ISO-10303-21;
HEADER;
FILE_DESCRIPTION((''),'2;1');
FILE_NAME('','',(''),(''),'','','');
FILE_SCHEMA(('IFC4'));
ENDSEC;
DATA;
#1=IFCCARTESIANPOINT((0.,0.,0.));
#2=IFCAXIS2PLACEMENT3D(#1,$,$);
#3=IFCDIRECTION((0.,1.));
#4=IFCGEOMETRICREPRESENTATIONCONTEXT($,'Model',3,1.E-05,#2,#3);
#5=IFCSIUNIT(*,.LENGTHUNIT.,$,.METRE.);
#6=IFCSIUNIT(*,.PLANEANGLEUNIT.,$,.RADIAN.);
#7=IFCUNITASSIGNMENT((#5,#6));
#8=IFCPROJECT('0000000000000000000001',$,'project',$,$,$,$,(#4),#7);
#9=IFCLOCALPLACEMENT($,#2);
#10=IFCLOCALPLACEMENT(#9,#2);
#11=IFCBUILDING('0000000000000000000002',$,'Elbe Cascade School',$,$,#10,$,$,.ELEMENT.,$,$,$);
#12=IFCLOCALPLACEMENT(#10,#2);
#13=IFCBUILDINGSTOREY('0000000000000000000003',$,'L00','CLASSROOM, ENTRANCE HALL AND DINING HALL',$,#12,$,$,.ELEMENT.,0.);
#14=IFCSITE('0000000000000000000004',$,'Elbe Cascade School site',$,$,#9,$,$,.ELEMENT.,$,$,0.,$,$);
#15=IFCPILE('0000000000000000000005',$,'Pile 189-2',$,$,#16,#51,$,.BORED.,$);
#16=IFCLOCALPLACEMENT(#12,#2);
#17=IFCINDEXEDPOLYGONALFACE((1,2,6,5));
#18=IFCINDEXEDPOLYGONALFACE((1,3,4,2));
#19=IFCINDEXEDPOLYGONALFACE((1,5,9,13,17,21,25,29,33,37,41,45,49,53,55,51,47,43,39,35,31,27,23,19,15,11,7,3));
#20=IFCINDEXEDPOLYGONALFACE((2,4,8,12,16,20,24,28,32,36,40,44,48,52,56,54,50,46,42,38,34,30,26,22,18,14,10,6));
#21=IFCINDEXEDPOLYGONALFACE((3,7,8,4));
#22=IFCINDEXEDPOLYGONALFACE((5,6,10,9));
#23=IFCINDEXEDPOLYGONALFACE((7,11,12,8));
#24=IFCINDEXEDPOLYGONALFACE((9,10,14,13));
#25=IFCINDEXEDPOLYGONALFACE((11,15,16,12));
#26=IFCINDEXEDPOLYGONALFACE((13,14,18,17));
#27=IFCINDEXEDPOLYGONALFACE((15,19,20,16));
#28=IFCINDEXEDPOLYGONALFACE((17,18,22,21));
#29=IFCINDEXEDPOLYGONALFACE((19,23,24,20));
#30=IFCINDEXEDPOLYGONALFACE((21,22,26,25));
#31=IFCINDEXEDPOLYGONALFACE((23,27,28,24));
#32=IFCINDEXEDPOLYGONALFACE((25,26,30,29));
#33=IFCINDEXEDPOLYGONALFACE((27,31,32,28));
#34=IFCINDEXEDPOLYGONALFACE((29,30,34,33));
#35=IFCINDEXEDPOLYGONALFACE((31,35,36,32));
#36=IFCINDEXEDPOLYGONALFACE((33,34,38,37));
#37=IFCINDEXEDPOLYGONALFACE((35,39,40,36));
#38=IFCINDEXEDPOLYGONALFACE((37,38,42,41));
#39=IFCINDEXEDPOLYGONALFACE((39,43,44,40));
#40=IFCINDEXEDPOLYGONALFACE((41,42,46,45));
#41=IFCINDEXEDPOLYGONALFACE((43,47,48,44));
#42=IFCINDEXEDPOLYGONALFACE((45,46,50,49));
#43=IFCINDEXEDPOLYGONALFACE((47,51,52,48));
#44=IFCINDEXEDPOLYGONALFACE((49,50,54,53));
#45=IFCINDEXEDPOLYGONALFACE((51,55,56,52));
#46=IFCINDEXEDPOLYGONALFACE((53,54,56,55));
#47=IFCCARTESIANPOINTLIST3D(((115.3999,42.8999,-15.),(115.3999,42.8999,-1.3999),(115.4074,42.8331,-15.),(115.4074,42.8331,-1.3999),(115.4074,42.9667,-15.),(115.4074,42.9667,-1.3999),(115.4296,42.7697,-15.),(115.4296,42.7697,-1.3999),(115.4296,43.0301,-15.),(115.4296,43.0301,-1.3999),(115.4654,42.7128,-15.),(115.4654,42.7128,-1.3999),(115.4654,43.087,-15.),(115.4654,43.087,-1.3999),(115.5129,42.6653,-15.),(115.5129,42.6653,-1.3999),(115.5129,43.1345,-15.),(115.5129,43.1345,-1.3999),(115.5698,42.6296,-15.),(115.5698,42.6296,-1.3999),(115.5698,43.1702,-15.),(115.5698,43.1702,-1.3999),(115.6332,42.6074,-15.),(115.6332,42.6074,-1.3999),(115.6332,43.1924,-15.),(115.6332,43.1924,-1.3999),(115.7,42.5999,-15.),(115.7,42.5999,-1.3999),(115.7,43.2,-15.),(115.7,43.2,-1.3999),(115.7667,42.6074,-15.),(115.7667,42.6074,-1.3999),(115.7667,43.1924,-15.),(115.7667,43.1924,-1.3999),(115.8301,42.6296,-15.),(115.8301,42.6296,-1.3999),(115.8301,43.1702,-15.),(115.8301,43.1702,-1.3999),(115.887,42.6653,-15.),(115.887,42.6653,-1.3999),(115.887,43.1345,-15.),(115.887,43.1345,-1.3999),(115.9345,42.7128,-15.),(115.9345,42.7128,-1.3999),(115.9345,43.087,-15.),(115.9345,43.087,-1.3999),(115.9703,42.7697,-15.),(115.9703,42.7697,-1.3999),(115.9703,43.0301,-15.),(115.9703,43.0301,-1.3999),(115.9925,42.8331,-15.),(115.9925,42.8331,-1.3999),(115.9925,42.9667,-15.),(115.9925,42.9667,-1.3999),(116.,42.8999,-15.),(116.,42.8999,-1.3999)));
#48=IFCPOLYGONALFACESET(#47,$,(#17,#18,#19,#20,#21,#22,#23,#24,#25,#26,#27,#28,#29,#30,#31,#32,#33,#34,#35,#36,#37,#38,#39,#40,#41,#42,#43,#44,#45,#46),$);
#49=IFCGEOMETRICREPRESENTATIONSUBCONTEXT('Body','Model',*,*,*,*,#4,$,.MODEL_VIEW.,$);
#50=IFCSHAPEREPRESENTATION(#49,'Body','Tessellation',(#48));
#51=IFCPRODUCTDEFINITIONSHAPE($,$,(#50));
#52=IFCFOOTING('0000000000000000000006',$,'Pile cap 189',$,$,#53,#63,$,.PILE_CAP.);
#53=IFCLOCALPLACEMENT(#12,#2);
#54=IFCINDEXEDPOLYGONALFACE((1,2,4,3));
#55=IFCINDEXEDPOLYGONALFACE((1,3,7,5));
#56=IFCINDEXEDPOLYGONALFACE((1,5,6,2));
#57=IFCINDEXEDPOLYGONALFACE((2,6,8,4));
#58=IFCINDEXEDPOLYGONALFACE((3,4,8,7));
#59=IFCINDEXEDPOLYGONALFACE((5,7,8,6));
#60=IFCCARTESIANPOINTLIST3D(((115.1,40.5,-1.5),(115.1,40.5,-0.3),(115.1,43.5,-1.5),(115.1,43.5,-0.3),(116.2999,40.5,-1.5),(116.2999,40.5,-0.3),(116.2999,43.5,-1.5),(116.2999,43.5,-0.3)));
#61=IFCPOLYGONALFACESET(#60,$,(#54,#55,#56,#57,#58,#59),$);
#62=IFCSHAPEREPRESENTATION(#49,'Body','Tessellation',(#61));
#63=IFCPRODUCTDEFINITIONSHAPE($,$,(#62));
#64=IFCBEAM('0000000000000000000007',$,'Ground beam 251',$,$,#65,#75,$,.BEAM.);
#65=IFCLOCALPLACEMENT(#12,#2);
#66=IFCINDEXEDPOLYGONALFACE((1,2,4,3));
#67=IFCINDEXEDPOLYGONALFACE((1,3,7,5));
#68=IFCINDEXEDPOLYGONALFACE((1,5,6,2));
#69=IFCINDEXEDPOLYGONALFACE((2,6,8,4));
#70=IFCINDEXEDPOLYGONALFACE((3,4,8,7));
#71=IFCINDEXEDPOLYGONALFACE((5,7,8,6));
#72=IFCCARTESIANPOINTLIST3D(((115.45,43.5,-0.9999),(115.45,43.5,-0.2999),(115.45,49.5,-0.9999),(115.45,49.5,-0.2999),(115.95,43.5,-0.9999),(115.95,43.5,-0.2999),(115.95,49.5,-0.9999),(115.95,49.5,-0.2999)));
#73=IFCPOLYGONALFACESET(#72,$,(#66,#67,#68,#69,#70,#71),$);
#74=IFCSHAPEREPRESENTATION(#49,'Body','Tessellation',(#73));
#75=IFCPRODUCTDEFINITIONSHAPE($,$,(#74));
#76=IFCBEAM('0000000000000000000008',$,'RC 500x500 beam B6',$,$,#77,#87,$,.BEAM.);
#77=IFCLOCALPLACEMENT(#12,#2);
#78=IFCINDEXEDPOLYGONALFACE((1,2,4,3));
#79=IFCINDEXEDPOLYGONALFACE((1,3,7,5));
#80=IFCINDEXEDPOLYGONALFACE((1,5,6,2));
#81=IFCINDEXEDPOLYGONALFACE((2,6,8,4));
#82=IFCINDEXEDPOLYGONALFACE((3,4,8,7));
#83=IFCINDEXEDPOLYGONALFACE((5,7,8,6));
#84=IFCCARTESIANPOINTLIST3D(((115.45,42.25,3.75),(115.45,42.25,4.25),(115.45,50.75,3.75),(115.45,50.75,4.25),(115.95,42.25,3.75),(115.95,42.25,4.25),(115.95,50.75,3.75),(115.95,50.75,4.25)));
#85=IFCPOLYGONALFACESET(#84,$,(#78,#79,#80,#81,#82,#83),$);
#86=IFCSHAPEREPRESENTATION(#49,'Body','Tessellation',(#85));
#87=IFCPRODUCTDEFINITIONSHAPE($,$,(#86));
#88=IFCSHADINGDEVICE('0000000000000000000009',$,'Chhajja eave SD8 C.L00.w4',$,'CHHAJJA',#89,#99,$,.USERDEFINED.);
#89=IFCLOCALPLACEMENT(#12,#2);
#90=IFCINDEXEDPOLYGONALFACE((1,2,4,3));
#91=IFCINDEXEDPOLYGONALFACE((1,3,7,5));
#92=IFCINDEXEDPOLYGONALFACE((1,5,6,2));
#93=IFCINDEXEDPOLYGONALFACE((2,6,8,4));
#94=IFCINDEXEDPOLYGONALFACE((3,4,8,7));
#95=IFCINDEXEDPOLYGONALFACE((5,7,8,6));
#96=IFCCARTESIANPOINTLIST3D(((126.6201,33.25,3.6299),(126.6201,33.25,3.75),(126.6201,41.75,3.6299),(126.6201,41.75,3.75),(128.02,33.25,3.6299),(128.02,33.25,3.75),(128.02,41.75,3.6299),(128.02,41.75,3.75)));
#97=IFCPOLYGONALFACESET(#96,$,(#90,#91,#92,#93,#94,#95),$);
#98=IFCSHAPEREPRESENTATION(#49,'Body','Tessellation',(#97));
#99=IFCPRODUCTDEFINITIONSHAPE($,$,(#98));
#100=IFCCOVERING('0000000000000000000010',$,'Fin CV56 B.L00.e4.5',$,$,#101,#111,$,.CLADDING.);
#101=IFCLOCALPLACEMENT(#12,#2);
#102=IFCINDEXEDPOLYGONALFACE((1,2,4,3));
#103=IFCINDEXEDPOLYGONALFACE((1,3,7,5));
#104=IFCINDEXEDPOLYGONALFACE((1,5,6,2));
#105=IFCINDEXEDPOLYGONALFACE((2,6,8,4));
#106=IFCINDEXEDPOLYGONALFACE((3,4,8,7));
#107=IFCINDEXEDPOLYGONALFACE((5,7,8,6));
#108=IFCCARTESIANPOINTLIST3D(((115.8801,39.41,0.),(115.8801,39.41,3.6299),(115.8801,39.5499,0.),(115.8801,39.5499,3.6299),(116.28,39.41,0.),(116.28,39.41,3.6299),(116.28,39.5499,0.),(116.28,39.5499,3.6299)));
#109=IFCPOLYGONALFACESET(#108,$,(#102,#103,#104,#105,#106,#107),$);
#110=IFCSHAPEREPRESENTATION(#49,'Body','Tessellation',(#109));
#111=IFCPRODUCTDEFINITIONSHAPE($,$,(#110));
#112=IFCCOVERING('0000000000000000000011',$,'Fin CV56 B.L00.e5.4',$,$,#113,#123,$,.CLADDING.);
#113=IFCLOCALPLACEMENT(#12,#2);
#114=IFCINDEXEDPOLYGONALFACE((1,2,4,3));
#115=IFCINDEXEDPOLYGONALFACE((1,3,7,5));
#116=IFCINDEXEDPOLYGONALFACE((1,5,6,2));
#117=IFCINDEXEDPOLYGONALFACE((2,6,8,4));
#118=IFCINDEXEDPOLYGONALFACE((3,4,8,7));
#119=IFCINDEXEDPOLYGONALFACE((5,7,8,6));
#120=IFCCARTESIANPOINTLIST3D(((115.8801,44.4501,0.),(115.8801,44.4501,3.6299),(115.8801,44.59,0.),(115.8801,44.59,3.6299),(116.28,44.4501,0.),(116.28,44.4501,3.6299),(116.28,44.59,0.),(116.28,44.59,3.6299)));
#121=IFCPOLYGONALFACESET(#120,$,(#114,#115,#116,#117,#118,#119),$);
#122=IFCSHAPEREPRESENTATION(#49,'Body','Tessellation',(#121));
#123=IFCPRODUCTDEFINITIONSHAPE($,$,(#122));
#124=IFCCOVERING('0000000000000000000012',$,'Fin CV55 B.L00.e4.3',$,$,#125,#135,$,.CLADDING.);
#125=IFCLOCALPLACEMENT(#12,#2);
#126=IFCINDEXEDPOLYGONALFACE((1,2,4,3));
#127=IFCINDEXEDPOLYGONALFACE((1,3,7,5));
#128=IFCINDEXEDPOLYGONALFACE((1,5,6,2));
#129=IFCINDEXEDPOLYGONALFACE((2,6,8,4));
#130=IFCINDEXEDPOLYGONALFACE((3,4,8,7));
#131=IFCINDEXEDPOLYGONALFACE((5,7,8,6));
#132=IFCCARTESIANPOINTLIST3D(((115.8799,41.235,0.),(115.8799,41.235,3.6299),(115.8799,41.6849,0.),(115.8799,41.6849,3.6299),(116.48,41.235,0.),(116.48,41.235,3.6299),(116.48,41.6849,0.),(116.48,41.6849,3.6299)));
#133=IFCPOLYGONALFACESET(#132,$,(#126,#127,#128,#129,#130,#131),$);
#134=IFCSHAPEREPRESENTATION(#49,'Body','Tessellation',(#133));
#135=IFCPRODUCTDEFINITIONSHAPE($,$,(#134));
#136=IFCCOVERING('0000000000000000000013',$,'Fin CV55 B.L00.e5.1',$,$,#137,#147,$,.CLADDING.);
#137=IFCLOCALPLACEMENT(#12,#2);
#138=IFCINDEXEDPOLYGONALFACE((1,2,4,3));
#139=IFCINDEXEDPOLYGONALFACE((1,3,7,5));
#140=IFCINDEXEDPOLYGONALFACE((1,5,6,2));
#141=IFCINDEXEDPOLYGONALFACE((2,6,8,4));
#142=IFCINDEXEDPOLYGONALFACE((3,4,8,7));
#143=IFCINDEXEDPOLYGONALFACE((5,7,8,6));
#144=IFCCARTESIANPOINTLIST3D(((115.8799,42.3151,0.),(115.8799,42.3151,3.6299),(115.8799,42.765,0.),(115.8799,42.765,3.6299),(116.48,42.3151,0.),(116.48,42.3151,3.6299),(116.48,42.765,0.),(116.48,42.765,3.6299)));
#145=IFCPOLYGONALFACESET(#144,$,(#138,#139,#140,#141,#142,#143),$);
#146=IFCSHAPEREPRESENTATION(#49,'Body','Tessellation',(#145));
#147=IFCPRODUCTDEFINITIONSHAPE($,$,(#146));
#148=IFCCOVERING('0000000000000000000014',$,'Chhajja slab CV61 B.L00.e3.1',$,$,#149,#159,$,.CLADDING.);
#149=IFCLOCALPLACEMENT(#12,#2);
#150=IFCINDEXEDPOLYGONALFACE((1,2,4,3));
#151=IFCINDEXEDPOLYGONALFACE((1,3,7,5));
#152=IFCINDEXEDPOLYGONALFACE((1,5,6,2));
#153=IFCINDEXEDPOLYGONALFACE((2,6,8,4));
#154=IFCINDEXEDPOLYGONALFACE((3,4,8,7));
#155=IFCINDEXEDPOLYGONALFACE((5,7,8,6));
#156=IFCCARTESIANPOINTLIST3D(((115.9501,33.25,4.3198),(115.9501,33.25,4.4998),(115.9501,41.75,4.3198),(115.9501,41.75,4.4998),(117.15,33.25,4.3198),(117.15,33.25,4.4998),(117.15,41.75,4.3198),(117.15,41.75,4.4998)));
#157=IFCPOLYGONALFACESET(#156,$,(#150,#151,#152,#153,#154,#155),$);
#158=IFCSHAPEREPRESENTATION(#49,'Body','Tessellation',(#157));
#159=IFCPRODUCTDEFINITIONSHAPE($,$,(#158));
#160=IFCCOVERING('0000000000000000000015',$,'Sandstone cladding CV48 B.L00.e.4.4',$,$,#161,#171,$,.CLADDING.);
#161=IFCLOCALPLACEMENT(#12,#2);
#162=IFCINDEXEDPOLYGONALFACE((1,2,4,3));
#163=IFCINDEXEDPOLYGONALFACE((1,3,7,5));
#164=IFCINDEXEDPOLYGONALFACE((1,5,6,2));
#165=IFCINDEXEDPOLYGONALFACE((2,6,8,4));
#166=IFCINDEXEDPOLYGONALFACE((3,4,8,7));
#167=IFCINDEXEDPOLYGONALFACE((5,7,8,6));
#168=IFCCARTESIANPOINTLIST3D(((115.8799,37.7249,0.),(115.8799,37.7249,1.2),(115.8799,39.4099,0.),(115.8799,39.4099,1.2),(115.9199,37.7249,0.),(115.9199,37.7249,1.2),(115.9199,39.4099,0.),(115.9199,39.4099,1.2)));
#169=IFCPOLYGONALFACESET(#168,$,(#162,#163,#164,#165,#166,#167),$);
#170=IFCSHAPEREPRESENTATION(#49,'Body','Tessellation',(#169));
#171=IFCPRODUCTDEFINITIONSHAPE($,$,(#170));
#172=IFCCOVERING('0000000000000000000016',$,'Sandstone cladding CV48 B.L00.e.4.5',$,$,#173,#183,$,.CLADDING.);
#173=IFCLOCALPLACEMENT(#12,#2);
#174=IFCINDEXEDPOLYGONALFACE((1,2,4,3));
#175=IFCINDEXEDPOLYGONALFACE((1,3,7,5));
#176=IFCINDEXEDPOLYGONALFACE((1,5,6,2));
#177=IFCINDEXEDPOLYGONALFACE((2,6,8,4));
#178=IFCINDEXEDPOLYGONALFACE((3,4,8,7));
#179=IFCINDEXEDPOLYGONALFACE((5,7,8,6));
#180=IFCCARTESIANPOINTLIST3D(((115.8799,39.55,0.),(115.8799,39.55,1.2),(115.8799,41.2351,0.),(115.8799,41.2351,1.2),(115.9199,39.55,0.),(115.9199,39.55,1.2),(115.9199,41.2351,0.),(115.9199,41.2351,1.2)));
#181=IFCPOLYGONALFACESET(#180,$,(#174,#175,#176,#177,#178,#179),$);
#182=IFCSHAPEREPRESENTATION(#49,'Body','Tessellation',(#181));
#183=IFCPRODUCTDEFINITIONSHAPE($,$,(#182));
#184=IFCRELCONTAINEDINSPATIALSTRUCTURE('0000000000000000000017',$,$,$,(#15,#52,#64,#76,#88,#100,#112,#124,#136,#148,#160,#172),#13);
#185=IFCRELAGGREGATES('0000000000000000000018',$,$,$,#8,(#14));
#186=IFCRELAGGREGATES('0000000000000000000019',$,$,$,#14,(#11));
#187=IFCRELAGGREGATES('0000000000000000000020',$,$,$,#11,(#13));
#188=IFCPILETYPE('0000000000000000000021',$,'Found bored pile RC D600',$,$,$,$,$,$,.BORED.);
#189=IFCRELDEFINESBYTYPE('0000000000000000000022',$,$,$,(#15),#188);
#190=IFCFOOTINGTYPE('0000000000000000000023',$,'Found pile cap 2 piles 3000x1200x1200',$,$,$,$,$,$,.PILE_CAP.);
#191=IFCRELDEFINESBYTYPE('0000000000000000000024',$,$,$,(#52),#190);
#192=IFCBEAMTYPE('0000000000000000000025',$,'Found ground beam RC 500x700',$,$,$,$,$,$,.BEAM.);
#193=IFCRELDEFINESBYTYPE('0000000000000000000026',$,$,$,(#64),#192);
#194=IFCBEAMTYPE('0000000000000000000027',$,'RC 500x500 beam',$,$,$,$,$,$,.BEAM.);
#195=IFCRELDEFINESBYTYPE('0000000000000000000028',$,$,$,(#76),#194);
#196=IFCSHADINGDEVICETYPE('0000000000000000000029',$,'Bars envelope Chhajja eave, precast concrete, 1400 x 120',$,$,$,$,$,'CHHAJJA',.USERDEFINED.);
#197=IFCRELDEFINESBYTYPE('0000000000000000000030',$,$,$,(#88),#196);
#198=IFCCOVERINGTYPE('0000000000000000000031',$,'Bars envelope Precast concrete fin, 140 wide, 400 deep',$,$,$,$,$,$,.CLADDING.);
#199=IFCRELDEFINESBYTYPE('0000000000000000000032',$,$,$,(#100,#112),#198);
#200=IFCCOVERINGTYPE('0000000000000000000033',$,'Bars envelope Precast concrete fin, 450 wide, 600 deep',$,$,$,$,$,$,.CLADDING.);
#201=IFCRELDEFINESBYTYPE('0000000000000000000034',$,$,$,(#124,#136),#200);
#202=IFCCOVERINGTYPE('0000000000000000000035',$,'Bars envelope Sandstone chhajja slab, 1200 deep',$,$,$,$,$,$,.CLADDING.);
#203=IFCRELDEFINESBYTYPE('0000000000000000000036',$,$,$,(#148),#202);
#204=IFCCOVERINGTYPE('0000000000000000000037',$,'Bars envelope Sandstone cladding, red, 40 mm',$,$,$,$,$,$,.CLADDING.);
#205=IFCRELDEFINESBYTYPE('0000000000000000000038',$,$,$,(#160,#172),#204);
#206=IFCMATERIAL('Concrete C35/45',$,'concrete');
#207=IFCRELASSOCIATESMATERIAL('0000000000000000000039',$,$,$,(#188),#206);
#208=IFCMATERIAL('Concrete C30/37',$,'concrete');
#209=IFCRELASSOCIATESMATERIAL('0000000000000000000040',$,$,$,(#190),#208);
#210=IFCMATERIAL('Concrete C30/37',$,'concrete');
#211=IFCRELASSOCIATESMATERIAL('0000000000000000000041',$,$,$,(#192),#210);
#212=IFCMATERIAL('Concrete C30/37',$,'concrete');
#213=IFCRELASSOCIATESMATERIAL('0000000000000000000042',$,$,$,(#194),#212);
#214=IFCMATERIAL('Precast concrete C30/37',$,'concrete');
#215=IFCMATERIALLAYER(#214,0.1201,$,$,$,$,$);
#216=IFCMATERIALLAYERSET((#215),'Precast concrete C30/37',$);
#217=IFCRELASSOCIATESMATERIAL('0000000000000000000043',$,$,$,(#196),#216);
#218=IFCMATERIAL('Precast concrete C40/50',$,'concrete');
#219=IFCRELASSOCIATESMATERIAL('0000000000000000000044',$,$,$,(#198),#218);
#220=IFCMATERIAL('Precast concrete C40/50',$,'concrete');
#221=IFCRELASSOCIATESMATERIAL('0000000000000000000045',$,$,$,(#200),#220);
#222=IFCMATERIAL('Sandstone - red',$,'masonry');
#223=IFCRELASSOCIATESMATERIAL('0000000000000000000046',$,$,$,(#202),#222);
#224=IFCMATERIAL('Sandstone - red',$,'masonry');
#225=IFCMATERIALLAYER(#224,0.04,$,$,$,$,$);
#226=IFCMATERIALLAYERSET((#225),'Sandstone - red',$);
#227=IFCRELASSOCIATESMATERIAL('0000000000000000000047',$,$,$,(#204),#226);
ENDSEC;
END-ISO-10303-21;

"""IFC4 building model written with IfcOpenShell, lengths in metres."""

from ifc_helpers import new_model, si_unit, direction, frame, origin, origin_2d, place, context, subcontext, project, spatial, rectangle, circle, extrude, material, layer, layer_set, material_profile, profile_set, type_object, element, save


model = new_model("IFC4")

# Units and contexts
model_context = context("Model", 3, precision=1e-05, world=origin(), true_north=direction((0.0, 1.0)))
body_context = subcontext(model_context, "Body", "Model", "MODEL_VIEW")
ifc_project = project(units=[si_unit("LENGTHUNIT", "METRE"), si_unit("PLANEANGLEUNIT", "RADIAN")], contexts=[model_context])

# Site, building, storey
site_placement = place(None, origin())
site = spatial("IfcSite", under=ifc_project, at=site_placement, Name="Elbe Cascade School site", CompositionType="ELEMENT", RefElevation=0.0)
building_placement = place(site_placement, origin())
building = spatial("IfcBuilding", under=site, at=building_placement, Name="Elbe Cascade School", CompositionType="ELEMENT")
storey_placement = place(building_placement, origin())
storey = spatial("IfcBuildingStorey", under=building, at=storey_placement, Name="L00", Description="CLASSROOM, ENTRANCE HALL AND DINING HALL", CompositionType="ELEMENT", Elevation=0.0)

# Pile
ifc_material_1 = material(Name="Concrete C35/45", Category="concrete")
ifc_material_profile_1 = material_profile(ifc_material_1, circle(Radius=0.3, at=origin_2d()), Name="RC D600")
ifc_profile_set_1 = profile_set([ifc_material_profile_1], Name="Concrete C35/45")
pile_type = type_object("IfcPileType", Name="Found bored pile RC D600", PredefinedType="BORED", material=ifc_profile_set_1)
pile_placement = place(storey_placement, frame((115.7, 42.8999, -1.3999), z_axis=(0.0, 0.0, -1.0), x_axis=(1.0, 0.0, 0.0)))
element("IfcPile", 1, at=pile_placement, inside=storey, type_object=pile_type, Name="Pile 189-2", PredefinedType="BORED", context=body_context, shape_type="SweptSolid", body=[
    extrude(circle(Radius=0.3, at=origin_2d()), origin(), (0.0, 0.0, 1.0), 13.6001),
])

# Footing
ifc_material_2 = material(Name="Concrete C30/37", Category="concrete")
footing_type = type_object("IfcFootingType", Name="Found pile cap 2 piles 3000x1200x1200", PredefinedType="PILE_CAP", material=ifc_material_2)
footing_placement = place(storey_placement, frame((115.7, 42.0, -1.5), z_axis=(0.0, 0.0, 1.0), x_axis=(1.0, 0.0, 0.0)))
element("IfcFooting", 2, at=footing_placement, inside=storey, type_object=footing_type, Name="Pile cap 189", PredefinedType="PILE_CAP", context=body_context, shape_type="SweptSolid", body=[
    extrude(rectangle(XDim=1.2, YDim=3.0, at=origin_2d()), origin(), (0.0, 0.0, 1.0), 1.2),
])

# Beams
ifc_material_3 = material(Name="Concrete C30/37", Category="concrete")
ifc_material_profile_2 = material_profile(ifc_material_3, rectangle(XDim=0.5, YDim=0.7, at=origin_2d()), Name="RC 500x700")
ifc_profile_set_2 = profile_set([ifc_material_profile_2], Name="Concrete C30/37")
beam_type_1 = type_object("IfcBeamType", Name="Found ground beam RC 500x700", PredefinedType="BEAM", material=ifc_profile_set_2)
beam_1_placement = place(storey_placement, frame((115.7, 43.5, -0.6499), z_axis=(0.0, 1.0, 0.0), x_axis=(-1.0, 0.0, 0.0)))
element("IfcBeam", 3, at=beam_1_placement, inside=storey, type_object=beam_type_1, Name="Ground beam 251", PredefinedType="BEAM", context=body_context, shape_type="SweptSolid", body=[
    extrude(rectangle(XDim=0.5, YDim=0.7, at=origin_2d()), origin(), (0.0, 0.0, 1.0), 6.0),
])
ifc_material_4 = material(Name="Concrete C30/37", Category="concrete")
ifc_material_profile_3 = material_profile(ifc_material_4, rectangle(XDim=0.5, YDim=0.5, at=origin_2d()), Name="RC 500x500")
ifc_profile_set_3 = profile_set([ifc_material_profile_3], Name="Concrete C30/37")
beam_type_2 = type_object("IfcBeamType", Name="RC 500x500 beam", PredefinedType="BEAM", material=ifc_profile_set_3)
beam_2_placement = place(storey_placement, frame((115.7, 42.25, 4.0), z_axis=(0.0, 1.0, 0.0), x_axis=(-1.0, 0.0, 0.0)))
element("IfcBeam", 4, at=beam_2_placement, inside=storey, type_object=beam_type_2, Name="RC 500x500 beam B6", PredefinedType="BEAM", context=body_context, shape_type="SweptSolid", body=[
    extrude(rectangle(XDim=0.5, YDim=0.5, at=origin_2d()), origin(), (0.0, 0.0, 1.0), 8.5),
])

# Shading device
ifc_material_5 = material(Name="Precast concrete C30/37", Category="concrete")
ifc_layer_1 = layer(ifc_material_5, 0.1201)
ifc_layer_set_1 = layer_set([ifc_layer_1], Name="Precast concrete C30/37")
shading_device_type = type_object("IfcShadingDeviceType", Name="Bars envelope Chhajja eave, precast concrete, 1400 x 120", ElementType="CHHAJJA", PredefinedType="USERDEFINED", material=ifc_layer_set_1)
shading_device_placement = place(storey_placement, frame((127.3201, 37.5, 3.6299), z_axis=(0.0, 0.0, 1.0), x_axis=(0.0, 1.0, 0.0)))
element("IfcShadingDevice", 5, at=shading_device_placement, inside=storey, type_object=shading_device_type, Name="Chhajja eave SD8 C.L00.w4", ObjectType="CHHAJJA", PredefinedType="USERDEFINED", context=body_context, shape_type="SweptSolid", body=[
    extrude(rectangle(XDim=8.5, YDim=1.3999, at=origin_2d()), origin(), (0.0, 0.0, 1.0), 0.1201),
])

# Coverings
ifc_material_6 = material(Name="Precast concrete C40/50", Category="concrete")
covering_type_1 = type_object("IfcCoveringType", Name="Bars envelope Precast concrete fin, 140 wide, 400 deep", PredefinedType="CLADDING", material=ifc_material_6)
for number, where, z_axis, x_axis, name in (
    (6, (116.0801, 39.48, 0.0), (0.0, 0.0, 1.0), (0.0, 1.0, 0.0), "Fin CV56 B.L00.e4.5"),
    (7, (116.0801, 44.52, 0.0), (0.0, 0.0, 1.0), (0.0, 1.0, 0.0), "Fin CV56 B.L00.e5.4"),
):
    element("IfcCovering", number, at=place(storey_placement, frame(where, z_axis=z_axis, x_axis=x_axis)), inside=storey, type_object=covering_type_1, Name=name, PredefinedType="CLADDING", context=body_context, shape_type="SweptSolid", body=[
        extrude(rectangle(XDim=0.1399, YDim=0.3999, at=origin_2d()), origin(), (0.0, 0.0, 1.0), 3.6299),
    ])
ifc_material_7 = material(Name="Precast concrete C40/50", Category="concrete")
covering_type_2 = type_object("IfcCoveringType", Name="Bars envelope Precast concrete fin, 450 wide, 600 deep", PredefinedType="CLADDING", material=ifc_material_7)
for number, where, z_axis, x_axis, name in (
    (8, (116.1799, 41.46, 0.0), (0.0, 0.0, 1.0), (0.0, 1.0, 0.0), "Fin CV55 B.L00.e4.3"),
    (9, (116.1799, 42.54, 0.0), (0.0, 0.0, 1.0), (0.0, 1.0, 0.0), "Fin CV55 B.L00.e5.1"),
):
    element("IfcCovering", number, at=place(storey_placement, frame(where, z_axis=z_axis, x_axis=x_axis)), inside=storey, type_object=covering_type_2, Name=name, PredefinedType="CLADDING", context=body_context, shape_type="SweptSolid", body=[
        extrude(rectangle(XDim=0.45, YDim=0.6001, at=origin_2d()), origin(), (0.0, 0.0, 1.0), 3.6299),
    ])
ifc_material_8 = material(Name="Sandstone - red", Category="masonry")
covering_type_3 = type_object("IfcCoveringType", Name="Bars envelope Sandstone chhajja slab, 1200 deep", PredefinedType="CLADDING", material=ifc_material_8)
covering_1_placement = place(storey_placement, frame((116.55, 37.5, 4.3198), z_axis=(0.0, 0.0, 1.0), x_axis=(0.0, 1.0, 0.0)))
element("IfcCovering", 10, at=covering_1_placement, inside=storey, type_object=covering_type_3, Name="Chhajja slab CV61 B.L00.e3.1", PredefinedType="CLADDING", context=body_context, shape_type="SweptSolid", body=[
    extrude(rectangle(XDim=8.5, YDim=1.2, at=origin_2d()), origin(), (0.0, 0.0, 1.0), 0.1799),
])
ifc_material_9 = material(Name="Sandstone - red", Category="masonry")
ifc_layer_2 = layer(ifc_material_9, 0.04)
ifc_layer_set_2 = layer_set([ifc_layer_2], Name="Sandstone - red")
covering_type_4 = type_object("IfcCoveringType", Name="Bars envelope Sandstone cladding, red, 40 mm", PredefinedType="CLADDING", material=ifc_layer_set_2)
for number, where, z_axis, x_axis, name in (
    (11, (115.8999, 38.5674, 0.0), (0.0, 0.0, 1.0), (0.0, 1.0, 0.0), "Sandstone cladding CV48 B.L00.e.4.4"),
    (12, (115.8999, 40.3926, 0.0), (0.0, 0.0, 1.0), (0.0, 1.0, 0.0), "Sandstone cladding CV48 B.L00.e.4.5"),
):
    element("IfcCovering", number, at=place(storey_placement, frame(where, z_axis=z_axis, x_axis=x_axis)), inside=storey, type_object=covering_type_4, Name=name, PredefinedType="CLADDING", context=body_context, shape_type="SweptSolid", body=[
        extrude(rectangle(XDim=1.6851, YDim=0.04, at=origin_2d()), origin(), (0.0, 0.0, 1.0), 1.2),
    ])

save(model, "model.ifc")
